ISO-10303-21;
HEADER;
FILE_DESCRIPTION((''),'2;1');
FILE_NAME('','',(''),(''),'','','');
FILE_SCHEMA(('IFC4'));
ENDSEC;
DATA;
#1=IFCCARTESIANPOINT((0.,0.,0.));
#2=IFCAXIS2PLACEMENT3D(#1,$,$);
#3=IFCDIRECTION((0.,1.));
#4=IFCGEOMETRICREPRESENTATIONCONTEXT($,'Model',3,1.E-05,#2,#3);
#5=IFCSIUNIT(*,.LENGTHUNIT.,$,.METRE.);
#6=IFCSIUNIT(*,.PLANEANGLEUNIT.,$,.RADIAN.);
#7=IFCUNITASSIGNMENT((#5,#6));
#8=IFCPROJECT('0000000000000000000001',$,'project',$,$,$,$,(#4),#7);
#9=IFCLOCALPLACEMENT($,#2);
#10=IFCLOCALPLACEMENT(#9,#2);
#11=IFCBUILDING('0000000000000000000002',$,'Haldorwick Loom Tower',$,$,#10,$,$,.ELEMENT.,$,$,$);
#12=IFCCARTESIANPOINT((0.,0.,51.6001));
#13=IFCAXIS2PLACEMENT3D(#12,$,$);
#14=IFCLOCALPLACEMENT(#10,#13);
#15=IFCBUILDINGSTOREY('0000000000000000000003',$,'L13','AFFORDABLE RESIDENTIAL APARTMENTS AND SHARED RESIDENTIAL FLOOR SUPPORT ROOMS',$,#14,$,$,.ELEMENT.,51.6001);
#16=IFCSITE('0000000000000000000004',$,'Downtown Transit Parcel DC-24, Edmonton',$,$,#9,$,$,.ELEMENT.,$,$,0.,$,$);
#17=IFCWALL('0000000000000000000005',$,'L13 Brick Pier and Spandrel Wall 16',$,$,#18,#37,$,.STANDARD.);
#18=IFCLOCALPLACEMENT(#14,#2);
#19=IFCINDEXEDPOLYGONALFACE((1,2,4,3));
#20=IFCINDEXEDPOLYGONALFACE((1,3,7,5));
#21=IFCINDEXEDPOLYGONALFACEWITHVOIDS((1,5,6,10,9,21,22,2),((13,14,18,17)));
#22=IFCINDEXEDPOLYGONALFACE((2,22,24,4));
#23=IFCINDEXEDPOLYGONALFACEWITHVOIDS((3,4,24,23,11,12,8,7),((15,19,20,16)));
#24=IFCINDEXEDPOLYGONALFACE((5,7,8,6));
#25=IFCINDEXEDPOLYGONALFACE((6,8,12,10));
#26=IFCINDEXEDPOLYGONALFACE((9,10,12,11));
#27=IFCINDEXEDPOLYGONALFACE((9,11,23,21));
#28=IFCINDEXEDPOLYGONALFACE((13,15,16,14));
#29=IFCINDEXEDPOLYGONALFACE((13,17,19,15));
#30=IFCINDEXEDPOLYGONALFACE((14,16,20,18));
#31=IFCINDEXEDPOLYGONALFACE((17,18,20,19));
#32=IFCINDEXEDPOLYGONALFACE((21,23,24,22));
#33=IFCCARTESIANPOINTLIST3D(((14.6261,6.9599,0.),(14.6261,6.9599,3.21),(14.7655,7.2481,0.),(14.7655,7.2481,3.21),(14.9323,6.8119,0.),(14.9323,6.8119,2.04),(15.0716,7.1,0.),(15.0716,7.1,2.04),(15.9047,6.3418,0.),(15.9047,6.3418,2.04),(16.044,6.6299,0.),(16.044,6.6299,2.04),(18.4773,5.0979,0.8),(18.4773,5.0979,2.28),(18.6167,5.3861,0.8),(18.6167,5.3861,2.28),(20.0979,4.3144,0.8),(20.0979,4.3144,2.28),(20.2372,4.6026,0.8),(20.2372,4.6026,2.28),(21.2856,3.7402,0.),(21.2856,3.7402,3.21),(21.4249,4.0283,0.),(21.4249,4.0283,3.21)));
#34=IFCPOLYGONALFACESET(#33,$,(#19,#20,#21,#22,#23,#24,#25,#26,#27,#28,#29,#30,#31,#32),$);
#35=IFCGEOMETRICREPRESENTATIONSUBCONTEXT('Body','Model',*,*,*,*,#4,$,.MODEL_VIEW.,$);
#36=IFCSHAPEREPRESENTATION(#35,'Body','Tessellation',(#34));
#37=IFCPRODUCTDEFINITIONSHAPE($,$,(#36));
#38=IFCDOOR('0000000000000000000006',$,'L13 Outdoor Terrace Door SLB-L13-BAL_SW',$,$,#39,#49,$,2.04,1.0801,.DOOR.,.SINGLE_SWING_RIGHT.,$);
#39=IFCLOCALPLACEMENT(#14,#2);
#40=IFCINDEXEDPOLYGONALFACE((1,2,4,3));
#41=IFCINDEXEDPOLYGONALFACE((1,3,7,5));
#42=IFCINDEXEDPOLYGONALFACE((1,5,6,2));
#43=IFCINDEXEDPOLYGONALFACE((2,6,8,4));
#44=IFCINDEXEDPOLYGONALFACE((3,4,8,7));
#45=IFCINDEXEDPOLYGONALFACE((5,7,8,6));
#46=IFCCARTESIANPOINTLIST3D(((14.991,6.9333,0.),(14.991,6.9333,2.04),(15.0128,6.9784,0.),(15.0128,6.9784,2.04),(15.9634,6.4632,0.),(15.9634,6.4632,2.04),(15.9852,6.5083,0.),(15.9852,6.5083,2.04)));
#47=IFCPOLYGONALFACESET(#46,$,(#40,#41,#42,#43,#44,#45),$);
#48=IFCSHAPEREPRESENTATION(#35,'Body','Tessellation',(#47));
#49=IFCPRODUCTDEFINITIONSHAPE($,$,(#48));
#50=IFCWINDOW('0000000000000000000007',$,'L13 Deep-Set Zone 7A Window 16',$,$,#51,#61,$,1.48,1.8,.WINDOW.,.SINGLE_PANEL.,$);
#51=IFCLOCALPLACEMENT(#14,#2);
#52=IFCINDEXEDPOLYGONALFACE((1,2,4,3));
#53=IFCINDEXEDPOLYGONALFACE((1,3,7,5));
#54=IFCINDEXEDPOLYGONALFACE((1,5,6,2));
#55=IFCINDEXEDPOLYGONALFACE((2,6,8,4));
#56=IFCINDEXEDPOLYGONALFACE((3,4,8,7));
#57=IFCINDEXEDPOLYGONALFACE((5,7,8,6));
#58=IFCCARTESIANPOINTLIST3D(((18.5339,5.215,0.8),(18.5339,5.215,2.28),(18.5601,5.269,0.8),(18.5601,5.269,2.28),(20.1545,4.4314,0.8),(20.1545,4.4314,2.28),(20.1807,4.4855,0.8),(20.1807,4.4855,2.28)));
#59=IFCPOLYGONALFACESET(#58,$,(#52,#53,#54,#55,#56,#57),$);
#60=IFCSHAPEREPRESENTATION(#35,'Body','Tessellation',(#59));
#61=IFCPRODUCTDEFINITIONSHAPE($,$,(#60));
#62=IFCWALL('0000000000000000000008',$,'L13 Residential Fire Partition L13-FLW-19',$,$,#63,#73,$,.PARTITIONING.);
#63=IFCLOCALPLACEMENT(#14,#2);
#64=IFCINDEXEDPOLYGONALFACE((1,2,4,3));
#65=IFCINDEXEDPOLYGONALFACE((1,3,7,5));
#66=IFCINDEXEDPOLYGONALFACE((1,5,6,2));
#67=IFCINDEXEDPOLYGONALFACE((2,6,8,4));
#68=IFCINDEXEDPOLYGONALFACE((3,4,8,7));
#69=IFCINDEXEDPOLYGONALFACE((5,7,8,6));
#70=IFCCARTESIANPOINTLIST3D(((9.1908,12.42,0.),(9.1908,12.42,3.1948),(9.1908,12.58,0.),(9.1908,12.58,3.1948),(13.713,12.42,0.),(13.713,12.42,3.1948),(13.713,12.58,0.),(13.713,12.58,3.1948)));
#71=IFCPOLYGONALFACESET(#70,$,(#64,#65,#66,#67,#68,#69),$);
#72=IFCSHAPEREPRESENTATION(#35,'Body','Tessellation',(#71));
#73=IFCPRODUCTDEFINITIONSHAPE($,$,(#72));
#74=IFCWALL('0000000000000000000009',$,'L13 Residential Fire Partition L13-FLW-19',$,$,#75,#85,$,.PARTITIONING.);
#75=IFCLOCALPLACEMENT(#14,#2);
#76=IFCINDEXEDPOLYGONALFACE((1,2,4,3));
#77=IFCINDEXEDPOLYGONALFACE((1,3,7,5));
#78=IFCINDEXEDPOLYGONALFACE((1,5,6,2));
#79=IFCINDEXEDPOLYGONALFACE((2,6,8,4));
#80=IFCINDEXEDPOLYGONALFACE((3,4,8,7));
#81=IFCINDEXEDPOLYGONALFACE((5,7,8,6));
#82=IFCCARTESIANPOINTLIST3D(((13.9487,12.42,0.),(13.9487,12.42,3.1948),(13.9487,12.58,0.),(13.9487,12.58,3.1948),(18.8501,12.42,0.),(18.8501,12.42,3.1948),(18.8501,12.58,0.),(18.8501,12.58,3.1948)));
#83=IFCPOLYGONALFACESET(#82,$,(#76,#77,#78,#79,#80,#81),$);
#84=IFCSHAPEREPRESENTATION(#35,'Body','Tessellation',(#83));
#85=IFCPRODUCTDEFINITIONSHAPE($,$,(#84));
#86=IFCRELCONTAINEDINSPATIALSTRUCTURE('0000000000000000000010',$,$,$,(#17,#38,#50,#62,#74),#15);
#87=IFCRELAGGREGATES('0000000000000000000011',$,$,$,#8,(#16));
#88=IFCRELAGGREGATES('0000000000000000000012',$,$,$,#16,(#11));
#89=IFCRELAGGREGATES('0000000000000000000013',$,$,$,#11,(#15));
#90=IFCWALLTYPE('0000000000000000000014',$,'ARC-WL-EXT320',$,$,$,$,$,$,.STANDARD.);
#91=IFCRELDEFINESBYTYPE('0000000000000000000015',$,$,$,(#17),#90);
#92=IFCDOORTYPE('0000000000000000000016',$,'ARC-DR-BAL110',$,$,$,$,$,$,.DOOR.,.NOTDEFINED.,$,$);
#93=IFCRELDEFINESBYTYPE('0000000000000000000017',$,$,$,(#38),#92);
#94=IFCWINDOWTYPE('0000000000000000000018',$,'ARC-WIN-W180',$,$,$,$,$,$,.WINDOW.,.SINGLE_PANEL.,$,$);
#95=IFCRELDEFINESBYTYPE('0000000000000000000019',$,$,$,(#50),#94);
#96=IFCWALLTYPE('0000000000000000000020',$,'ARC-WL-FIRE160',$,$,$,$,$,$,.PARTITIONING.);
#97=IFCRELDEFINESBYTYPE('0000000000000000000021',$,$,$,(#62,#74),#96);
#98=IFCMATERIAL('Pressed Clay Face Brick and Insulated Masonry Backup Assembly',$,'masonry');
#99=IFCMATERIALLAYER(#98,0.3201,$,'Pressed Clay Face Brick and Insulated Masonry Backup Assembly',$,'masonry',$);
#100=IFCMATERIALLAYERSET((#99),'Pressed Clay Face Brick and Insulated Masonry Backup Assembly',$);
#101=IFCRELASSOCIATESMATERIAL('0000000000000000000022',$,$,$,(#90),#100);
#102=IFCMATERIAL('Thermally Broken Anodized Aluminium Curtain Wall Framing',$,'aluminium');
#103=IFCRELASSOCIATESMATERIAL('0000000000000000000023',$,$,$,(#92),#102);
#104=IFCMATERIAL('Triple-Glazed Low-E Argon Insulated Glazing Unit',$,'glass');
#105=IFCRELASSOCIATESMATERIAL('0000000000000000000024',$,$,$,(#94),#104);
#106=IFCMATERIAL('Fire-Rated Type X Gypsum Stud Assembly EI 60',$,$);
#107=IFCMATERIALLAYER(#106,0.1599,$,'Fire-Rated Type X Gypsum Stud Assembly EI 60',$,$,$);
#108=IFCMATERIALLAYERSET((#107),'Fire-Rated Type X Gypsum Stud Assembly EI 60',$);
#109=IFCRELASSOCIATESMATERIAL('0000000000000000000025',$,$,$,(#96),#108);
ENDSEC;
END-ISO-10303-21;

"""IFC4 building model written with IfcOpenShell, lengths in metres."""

from ifc_helpers import new_model, si_unit, direction, frame, frame_2d, origin, place, context, subcontext, project, spatial, rectangle, extrude, material, layer, layer_set, type_object, element, fill, save


model = new_model("IFC4")

# Units and contexts
model_context = context("Model", 3, precision=1e-05, world=origin(), true_north=direction((0.0, 1.0)))
body_context = subcontext(model_context, "Body", "Model", "MODEL_VIEW")
ifc_project = project(units=[si_unit("LENGTHUNIT", "METRE"), si_unit("PLANEANGLEUNIT", "RADIAN")], contexts=[model_context])

# Site, building, storey
site_placement = place(None, origin())
site = spatial("IfcSite", under=ifc_project, at=site_placement, Name="Downtown Transit Parcel DC-24, Edmonton", CompositionType="ELEMENT", RefElevation=0.0)
building_placement = place(site_placement, origin())
building = spatial("IfcBuilding", under=site, at=building_placement, Name="Haldorwick Loom Tower", CompositionType="ELEMENT")
storey_placement = place(building_placement, frame((0.0, 0.0, 51.6001)))
storey = spatial("IfcBuildingStorey", under=building, at=storey_placement, Name="L13", Description="AFFORDABLE RESIDENTIAL APARTMENTS AND SHARED RESIDENTIAL FLOOR SUPPORT ROOMS", CompositionType="ELEMENT", Elevation=51.6001)

# Shared definitions
ifc_material_1 = material(Name="Pressed Clay Face Brick and Insulated Masonry Backup Assembly", Category="masonry")
ifc_layer_1 = layer(ifc_material_1, 0.3201, Name="Pressed Clay Face Brick and Insulated Masonry Backup Assembly", Category="masonry")
ifc_layer_set_1 = layer_set([ifc_layer_1], Name="Pressed Clay Face Brick and Insulated Masonry Backup Assembly")
wall_type_1 = type_object("IfcWallType", Name="ARC-WL-EXT320", PredefinedType="STANDARD", material=ifc_layer_set_1)

# Wall, openings, door, window
wall_1_placement = place(storey_placement, frame((14.6958, 7.104, 0.0), z_axis=(0.0, 0.0, 1.0), x_axis=(0.900296, -0.435279, 0.0)))
wall_1 = element("IfcWall", 1, at=wall_1_placement, inside=storey, type_object=wall_type_1, Name="L13 Brick Pier and Spandrel Wall 16", PredefinedType="STANDARD", context=body_context, shape_type="SweptSolid", body=[
    extrude(rectangle(XDim=7.397, YDim=0.3201, at=frame_2d((3.6985, 0.0))), origin(), (0.0, 0.0, 1.0), 3.21),
])
opening_1_placement = place(wall_1_placement, frame((0.3401, 0.0, 0.0)))
opening_1 = element("IfcOpeningElement", 2, at=opening_1_placement, cuts=wall_1, PredefinedType="OPENING", context=body_context, shape_type="SweptSolid", body=[
    extrude(rectangle(XDim=1.0801, YDim=2.04, at=frame_2d((0.54, 1.02))), frame((0.0, 0.1699, 0.0), z_axis=(0.0, -1.0, 0.0), x_axis=(1.0, 0.0, 0.0)), (0.0, 0.0, 1.0), 0.3401),
])
opening_2_placement = place(wall_1_placement, frame((4.2778, 0.0, 0.8)))
opening_2 = element("IfcOpeningElement", 3, at=opening_2_placement, cuts=wall_1, PredefinedType="OPENING", context=body_context, shape_type="SweptSolid", body=[
    extrude(rectangle(XDim=1.8, YDim=1.48, at=frame_2d((0.8999, 0.74))), frame((0.0, 0.1699, 0.0), z_axis=(0.0, -1.0, 0.0), x_axis=(1.0, 0.0, 0.0)), (0.0, 0.0, 1.0), 0.3401),
])
ifc_material_2 = material(Name="Thermally Broken Anodized Aluminium Curtain Wall Framing", Category="aluminium")
door_type = type_object("IfcDoorType", Name="ARC-DR-BAL110", OperationType="NOTDEFINED", PredefinedType="DOOR", material=ifc_material_2)
door_placement = place(opening_1_placement, origin())
door = element("IfcDoor", 4, at=door_placement, inside=storey, type_object=door_type, Name="L13 Outdoor Terrace Door SLB-L13-BAL_SW", OperationType="SINGLE_SWING_RIGHT", OverallHeight=2.04, OverallWidth=1.0801, PredefinedType="DOOR", context=body_context, shape_type="SweptSolid", body=[
    extrude(rectangle(XDim=1.0801, YDim=2.04, at=frame_2d((0.54, 1.02))), frame((0.0, 0.0249, 0.0), z_axis=(0.0, -1.0, 0.0), x_axis=(1.0, 0.0, 0.0)), (0.0, 0.0, 1.0), 0.05),
])
fill(opening_1, door)
ifc_material_3 = material(Name="Triple-Glazed Low-E Argon Insulated Glazing Unit", Category="glass")
window_type = type_object("IfcWindowType", Name="ARC-WIN-W180", PartitioningType="SINGLE_PANEL", PredefinedType="WINDOW", material=ifc_material_3)
window_placement = place(opening_2_placement, origin())
window = element("IfcWindow", 5, at=window_placement, inside=storey, type_object=window_type, Name="L13 Deep-Set Zone 7A Window 16", OverallHeight=1.48, OverallWidth=1.8, PartitioningType="SINGLE_PANEL", PredefinedType="WINDOW", context=body_context, shape_type="SweptSolid", body=[
    extrude(rectangle(XDim=1.8, YDim=1.48, at=frame_2d((0.8999, 0.74))), frame((0.0, 0.03, 0.0), z_axis=(0.0, -1.0, 0.0), x_axis=(1.0, 0.0, 0.0)), (0.0, 0.0, 1.0), 0.0601),
])
fill(opening_2, window)

# Walls
ifc_material_4 = material(Name="Fire-Rated Type X Gypsum Stud Assembly EI 60")
ifc_layer_2 = layer(ifc_material_4, 0.1599, Name="Fire-Rated Type X Gypsum Stud Assembly EI 60")
ifc_layer_set_2 = layer_set([ifc_layer_2], Name="Fire-Rated Type X Gypsum Stud Assembly EI 60")
wall_type_2 = type_object("IfcWallType", Name="ARC-WL-FIRE160", PredefinedType="PARTITIONING", material=ifc_layer_set_2)
wall_2_placement = place(storey_placement, frame((9.1907, 12.5, 0.0), z_axis=(0.0, 0.0, 1.0), x_axis=(1.0, 0.0, 0.0)))
element("IfcWall", 6, at=wall_2_placement, inside=storey, type_object=wall_type_2, Name="L13 Residential Fire Partition L13-FLW-19", PredefinedType="PARTITIONING", context=body_context, shape_type="SweptSolid", body=[
    extrude(rectangle(XDim=4.5222, YDim=0.1599, at=frame_2d((2.2612, 0.0))), origin(), (0.0, 0.0, 1.0), 3.1948),
])
wall_3_placement = place(storey_placement, frame((13.9487, 12.5, 0.0), z_axis=(0.0, 0.0, 1.0), x_axis=(1.0, 0.0, 0.0)))
element("IfcWall", 7, at=wall_3_placement, inside=storey, type_object=wall_type_2, Name="L13 Residential Fire Partition L13-FLW-19", PredefinedType="PARTITIONING", context=body_context, shape_type="SweptSolid", body=[
    extrude(rectangle(XDim=4.9014, YDim=0.1599, at=frame_2d((2.4507, 0.0))), origin(), (0.0, 0.0, 1.0), 3.1948),
])

save(model, "model.ifc")
